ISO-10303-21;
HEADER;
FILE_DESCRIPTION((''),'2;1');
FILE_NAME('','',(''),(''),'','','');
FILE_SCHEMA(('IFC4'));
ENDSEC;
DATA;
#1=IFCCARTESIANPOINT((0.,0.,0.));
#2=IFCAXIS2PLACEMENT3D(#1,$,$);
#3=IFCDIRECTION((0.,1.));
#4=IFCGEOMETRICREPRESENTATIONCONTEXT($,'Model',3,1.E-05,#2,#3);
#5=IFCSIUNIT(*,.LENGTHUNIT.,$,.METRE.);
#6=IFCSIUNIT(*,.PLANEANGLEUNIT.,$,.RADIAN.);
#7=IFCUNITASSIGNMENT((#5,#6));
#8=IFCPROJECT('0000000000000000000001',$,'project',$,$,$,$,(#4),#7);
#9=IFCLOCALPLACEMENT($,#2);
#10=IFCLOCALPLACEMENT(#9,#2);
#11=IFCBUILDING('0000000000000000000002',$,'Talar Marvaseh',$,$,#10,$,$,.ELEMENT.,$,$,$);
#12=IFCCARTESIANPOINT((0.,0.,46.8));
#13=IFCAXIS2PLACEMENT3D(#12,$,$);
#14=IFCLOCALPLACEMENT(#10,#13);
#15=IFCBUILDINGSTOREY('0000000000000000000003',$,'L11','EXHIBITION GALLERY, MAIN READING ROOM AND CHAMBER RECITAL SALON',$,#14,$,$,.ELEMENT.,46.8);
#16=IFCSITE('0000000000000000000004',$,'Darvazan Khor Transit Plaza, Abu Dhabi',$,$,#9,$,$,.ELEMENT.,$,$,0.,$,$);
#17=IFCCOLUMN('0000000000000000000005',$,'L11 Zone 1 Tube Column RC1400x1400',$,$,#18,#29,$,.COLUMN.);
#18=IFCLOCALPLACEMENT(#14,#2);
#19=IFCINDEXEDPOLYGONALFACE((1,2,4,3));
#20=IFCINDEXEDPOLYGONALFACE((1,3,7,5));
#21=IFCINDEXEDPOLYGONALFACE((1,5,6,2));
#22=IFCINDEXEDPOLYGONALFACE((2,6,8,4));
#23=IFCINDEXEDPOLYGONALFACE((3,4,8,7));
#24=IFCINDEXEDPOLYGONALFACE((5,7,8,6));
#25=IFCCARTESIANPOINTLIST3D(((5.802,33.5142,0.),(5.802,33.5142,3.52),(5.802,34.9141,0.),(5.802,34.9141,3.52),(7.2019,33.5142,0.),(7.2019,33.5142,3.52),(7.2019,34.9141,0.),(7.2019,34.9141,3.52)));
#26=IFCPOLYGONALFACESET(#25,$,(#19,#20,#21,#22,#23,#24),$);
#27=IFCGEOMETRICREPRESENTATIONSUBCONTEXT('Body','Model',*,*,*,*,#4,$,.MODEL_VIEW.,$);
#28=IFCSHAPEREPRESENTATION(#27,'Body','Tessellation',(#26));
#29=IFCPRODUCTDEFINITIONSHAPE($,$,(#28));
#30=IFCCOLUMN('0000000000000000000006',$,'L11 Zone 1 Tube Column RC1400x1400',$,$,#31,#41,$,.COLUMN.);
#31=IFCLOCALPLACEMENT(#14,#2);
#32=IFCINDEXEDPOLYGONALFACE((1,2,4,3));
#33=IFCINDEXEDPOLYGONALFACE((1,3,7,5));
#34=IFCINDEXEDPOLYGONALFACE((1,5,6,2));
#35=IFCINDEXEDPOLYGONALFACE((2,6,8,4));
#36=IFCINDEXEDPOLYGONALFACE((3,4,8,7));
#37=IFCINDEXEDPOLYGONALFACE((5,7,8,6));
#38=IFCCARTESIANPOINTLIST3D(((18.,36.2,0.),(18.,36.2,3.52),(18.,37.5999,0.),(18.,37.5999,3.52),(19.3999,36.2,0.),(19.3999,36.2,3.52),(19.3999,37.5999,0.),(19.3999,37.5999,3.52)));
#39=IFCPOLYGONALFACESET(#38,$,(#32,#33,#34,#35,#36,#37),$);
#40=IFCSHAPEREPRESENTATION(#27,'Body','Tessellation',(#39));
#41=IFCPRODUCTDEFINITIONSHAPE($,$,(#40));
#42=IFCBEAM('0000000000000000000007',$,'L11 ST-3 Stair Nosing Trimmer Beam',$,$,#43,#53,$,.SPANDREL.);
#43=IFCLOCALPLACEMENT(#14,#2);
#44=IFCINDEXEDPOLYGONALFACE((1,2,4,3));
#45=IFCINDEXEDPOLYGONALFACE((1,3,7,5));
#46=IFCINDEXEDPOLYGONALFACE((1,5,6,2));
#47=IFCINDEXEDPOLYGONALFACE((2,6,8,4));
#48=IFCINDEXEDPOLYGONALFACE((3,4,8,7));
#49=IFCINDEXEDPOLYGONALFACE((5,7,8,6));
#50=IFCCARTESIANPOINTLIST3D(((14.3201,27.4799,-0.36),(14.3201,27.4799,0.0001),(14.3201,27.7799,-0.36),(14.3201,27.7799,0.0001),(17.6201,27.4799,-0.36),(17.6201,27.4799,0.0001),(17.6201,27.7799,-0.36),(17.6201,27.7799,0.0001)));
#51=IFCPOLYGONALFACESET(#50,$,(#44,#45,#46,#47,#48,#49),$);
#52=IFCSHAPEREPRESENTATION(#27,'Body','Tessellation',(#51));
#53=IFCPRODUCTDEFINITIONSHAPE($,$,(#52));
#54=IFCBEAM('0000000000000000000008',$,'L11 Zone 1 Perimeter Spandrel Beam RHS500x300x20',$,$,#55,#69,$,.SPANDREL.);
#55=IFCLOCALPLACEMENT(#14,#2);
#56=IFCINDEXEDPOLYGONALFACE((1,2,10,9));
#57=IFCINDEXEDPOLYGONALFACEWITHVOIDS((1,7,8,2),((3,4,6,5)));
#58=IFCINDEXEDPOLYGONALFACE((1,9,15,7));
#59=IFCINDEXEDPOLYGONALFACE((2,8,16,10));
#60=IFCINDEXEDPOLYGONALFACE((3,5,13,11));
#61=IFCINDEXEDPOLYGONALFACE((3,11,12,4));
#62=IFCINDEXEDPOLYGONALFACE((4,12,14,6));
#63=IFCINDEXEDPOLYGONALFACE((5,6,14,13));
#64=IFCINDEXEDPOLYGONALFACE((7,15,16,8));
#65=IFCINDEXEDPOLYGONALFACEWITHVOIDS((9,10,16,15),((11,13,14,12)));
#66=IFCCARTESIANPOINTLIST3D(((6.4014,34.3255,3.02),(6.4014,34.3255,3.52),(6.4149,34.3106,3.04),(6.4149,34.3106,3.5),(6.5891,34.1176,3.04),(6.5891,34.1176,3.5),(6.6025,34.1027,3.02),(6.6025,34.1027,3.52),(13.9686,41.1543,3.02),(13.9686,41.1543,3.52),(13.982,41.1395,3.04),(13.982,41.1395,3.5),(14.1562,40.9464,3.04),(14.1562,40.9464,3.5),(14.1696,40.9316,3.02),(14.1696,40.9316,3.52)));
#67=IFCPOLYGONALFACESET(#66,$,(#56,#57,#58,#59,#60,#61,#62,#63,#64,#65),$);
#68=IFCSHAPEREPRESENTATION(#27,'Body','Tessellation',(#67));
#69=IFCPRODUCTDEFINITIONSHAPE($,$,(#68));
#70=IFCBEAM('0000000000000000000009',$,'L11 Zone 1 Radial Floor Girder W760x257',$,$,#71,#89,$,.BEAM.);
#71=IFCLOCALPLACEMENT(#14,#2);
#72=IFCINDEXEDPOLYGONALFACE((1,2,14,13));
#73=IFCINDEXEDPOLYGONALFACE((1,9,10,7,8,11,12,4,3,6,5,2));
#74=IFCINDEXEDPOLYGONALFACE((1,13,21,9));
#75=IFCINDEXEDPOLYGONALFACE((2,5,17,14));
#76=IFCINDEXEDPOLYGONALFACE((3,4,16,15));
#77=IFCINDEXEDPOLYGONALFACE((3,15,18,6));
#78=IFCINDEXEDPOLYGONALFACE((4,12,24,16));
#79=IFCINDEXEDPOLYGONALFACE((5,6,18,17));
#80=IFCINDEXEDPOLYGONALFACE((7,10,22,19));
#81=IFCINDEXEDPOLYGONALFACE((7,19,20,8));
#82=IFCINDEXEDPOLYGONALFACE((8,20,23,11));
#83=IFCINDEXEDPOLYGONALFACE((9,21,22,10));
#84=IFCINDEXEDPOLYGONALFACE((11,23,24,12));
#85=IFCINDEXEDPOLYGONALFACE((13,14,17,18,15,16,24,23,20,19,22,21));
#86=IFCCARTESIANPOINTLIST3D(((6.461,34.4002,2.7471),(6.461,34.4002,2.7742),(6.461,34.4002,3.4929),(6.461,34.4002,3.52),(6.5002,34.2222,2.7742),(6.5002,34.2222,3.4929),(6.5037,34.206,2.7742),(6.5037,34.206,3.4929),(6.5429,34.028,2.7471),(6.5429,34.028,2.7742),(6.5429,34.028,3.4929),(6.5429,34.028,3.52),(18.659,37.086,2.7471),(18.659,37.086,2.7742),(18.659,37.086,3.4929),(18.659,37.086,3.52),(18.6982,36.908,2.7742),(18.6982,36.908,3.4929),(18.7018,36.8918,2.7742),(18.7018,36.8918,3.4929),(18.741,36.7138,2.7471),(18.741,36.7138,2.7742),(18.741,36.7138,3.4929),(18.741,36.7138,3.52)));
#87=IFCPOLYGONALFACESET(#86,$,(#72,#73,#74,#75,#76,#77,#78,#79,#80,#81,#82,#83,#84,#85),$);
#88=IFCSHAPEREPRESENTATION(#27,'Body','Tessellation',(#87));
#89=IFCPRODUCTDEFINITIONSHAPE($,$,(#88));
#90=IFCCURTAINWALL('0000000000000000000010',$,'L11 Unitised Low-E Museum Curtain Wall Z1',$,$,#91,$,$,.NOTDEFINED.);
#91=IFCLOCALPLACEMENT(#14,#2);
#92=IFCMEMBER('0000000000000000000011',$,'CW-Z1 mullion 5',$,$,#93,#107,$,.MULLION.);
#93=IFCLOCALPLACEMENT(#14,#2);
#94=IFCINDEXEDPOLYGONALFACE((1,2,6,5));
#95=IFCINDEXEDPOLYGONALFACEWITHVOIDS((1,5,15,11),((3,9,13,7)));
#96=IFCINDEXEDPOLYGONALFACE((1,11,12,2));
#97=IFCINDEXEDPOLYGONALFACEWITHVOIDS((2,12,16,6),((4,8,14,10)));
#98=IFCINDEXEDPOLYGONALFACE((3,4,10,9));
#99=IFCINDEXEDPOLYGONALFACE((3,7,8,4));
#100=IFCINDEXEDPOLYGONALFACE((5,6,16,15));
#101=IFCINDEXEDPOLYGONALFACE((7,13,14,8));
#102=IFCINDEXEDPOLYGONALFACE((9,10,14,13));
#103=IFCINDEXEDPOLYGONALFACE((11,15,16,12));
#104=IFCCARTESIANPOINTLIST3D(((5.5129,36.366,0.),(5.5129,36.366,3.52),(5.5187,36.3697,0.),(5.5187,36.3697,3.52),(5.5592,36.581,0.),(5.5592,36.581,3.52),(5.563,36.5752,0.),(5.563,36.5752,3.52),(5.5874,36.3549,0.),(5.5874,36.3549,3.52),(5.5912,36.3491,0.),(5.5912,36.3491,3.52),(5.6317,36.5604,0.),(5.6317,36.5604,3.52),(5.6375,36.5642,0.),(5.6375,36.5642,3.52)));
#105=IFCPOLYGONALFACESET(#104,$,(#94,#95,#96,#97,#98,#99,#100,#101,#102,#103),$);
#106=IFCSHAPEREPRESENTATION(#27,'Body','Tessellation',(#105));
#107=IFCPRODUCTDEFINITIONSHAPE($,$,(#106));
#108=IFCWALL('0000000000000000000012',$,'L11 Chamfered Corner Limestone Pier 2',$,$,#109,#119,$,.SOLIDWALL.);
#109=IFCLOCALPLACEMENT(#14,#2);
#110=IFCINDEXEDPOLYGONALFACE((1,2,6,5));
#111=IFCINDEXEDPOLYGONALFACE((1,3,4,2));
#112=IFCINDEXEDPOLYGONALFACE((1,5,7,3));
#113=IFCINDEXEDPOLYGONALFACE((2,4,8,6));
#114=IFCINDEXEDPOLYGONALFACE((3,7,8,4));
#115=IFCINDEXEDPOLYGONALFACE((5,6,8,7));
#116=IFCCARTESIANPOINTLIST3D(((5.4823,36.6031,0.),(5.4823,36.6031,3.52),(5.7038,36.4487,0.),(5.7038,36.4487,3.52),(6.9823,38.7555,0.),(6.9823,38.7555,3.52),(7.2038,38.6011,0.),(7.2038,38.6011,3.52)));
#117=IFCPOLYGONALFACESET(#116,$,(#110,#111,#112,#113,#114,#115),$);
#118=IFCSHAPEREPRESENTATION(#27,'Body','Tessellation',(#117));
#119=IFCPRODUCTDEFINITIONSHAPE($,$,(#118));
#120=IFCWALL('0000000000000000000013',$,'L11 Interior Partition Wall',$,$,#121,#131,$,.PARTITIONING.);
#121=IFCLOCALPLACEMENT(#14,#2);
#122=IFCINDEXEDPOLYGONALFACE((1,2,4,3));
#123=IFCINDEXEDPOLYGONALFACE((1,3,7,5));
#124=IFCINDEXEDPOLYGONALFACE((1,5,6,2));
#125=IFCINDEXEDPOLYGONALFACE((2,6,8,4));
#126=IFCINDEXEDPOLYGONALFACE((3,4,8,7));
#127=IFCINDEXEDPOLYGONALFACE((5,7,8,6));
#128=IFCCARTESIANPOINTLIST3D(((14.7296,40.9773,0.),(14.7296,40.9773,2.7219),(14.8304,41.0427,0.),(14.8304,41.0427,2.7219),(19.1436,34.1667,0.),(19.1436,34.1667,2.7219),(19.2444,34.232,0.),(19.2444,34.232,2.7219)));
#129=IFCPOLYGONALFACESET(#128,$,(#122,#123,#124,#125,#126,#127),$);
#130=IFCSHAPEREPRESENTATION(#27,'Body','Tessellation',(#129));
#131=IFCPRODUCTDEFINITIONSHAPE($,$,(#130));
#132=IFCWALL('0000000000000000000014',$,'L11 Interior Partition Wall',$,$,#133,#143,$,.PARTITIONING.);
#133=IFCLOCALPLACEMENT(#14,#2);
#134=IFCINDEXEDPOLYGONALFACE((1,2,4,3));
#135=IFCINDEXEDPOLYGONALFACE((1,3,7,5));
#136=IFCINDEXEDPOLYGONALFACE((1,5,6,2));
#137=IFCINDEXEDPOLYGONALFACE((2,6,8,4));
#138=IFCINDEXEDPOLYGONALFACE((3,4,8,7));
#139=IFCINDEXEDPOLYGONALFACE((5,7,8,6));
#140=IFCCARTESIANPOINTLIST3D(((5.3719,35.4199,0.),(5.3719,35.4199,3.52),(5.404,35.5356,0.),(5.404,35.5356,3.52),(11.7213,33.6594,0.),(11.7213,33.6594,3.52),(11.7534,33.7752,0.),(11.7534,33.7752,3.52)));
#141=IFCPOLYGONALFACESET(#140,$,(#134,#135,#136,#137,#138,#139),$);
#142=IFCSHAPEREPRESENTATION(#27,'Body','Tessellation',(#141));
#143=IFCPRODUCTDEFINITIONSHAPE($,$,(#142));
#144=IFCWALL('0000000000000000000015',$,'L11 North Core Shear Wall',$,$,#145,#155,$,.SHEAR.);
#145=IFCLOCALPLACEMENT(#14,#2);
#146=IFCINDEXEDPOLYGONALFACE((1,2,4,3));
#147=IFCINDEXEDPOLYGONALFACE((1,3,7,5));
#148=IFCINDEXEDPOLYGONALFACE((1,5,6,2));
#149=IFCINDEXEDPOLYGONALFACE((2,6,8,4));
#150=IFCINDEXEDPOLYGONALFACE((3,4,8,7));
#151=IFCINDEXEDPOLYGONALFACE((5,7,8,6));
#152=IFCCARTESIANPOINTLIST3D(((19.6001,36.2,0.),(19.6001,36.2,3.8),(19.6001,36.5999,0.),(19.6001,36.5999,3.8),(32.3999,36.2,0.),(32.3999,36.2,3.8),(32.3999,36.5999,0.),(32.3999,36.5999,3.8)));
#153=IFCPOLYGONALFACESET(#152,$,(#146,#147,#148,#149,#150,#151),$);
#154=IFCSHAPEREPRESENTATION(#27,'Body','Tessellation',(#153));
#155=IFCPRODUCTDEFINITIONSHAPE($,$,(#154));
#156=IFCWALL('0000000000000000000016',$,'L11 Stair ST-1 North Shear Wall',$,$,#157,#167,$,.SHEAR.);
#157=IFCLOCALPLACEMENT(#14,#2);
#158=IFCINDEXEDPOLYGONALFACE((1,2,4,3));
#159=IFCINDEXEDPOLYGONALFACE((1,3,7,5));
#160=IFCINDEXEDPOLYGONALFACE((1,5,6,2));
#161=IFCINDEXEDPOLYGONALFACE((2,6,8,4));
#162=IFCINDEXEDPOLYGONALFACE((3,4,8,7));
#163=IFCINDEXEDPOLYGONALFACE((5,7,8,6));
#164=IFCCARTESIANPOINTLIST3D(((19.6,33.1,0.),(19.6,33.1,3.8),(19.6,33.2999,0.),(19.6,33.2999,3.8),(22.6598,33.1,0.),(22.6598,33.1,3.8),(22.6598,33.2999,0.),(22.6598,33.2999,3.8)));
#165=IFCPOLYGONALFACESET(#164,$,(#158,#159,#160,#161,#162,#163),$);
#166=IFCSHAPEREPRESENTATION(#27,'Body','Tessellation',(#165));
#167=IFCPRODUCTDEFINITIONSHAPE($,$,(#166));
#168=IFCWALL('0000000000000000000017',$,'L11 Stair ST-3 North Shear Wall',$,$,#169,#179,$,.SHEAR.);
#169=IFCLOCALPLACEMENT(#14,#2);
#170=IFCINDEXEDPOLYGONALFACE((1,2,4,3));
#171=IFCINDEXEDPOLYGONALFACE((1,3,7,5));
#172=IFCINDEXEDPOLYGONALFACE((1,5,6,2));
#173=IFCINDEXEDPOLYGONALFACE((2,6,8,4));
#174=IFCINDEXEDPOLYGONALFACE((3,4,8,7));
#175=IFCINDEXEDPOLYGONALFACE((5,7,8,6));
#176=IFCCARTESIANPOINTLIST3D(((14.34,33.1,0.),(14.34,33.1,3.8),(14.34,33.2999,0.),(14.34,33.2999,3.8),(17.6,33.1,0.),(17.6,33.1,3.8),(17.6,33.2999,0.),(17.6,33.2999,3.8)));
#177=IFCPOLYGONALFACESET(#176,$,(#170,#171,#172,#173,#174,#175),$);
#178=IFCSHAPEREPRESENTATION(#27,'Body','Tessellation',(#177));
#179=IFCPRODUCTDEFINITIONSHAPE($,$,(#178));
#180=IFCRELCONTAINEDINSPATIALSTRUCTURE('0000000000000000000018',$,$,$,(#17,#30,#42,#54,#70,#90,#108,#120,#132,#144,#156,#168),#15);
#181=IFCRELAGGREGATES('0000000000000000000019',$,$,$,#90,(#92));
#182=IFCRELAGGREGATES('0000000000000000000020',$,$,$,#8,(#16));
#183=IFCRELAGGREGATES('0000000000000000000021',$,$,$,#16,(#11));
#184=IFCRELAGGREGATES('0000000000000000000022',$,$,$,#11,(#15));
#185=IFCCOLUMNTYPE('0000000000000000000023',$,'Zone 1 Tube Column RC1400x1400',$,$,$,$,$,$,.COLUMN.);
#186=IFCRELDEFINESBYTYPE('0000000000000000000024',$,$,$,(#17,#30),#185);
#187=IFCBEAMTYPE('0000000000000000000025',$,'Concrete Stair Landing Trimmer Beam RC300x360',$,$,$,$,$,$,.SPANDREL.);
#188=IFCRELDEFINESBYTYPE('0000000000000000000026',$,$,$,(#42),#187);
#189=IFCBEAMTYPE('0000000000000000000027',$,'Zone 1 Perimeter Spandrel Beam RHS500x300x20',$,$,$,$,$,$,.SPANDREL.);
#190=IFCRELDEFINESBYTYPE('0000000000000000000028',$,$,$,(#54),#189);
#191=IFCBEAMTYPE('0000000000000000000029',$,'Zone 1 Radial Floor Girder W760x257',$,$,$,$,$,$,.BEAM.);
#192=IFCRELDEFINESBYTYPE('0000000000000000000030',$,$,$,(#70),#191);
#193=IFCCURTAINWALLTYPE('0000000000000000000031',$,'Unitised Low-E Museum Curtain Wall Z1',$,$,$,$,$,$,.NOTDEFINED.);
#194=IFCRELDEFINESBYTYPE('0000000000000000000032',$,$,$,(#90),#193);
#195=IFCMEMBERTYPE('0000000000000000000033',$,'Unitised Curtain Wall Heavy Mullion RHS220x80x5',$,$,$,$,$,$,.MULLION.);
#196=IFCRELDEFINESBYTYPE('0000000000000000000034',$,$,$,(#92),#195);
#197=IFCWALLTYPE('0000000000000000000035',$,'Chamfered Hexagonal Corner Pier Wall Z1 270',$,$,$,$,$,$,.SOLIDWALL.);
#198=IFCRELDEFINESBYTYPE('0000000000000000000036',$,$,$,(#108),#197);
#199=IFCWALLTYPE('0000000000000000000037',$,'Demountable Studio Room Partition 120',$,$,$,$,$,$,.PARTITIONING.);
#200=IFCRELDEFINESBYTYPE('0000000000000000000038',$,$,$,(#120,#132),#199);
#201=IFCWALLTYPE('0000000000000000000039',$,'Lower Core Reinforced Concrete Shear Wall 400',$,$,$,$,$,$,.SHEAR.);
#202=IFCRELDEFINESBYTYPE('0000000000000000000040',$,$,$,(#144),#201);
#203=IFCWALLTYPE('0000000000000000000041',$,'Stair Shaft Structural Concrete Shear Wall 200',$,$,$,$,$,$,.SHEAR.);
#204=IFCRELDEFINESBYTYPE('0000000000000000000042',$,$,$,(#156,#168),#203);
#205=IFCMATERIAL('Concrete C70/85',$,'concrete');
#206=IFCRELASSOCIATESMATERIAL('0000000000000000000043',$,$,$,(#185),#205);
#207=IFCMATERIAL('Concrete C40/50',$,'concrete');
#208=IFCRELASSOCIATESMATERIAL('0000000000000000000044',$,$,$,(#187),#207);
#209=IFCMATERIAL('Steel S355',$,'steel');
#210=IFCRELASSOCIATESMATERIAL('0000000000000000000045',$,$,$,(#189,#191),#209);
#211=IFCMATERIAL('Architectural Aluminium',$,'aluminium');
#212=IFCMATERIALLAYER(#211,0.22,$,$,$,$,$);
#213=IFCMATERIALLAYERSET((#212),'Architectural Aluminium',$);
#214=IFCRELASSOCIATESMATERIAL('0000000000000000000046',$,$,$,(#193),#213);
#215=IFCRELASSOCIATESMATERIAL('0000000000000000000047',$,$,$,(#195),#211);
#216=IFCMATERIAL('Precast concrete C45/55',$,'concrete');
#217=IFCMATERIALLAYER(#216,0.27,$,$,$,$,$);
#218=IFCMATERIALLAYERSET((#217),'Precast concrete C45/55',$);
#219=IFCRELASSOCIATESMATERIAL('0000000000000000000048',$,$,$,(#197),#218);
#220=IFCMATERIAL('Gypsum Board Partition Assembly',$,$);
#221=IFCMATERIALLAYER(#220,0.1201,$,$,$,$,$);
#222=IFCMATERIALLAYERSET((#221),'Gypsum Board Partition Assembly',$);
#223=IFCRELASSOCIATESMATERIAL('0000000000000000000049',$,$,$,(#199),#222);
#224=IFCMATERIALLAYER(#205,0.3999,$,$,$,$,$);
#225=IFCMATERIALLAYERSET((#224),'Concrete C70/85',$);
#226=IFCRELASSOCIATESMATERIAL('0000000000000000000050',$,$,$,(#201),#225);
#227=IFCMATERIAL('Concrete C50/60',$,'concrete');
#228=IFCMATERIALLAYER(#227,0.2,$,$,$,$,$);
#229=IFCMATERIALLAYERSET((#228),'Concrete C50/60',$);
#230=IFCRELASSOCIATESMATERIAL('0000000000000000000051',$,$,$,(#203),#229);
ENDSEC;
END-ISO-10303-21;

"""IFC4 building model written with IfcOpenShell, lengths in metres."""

from ifc_helpers import new_model, si_unit, direction, frame, frame_2d, origin, origin_2d, place, context, subcontext, project, spatial, rectangle, hollow_rectangle, i_section, extrude, source, transform, mapped, material, layer, layer_set, material_profile, profile_set, type_object, type_shapes, element, aggregate, save


model = new_model("IFC4")

# Units and contexts
model_context = context("Model", 3, precision=1e-05, world=origin(), true_north=direction((0.0, 1.0)))
body_context = subcontext(model_context, "Body", "Model", "MODEL_VIEW")
ifc_project = project(units=[si_unit("LENGTHUNIT", "METRE"), si_unit("PLANEANGLEUNIT", "RADIAN")], contexts=[model_context])

# Site, building, storey
site_placement = place(None, origin())
site = spatial("IfcSite", under=ifc_project, at=site_placement, Name="Darvazan Khor Transit Plaza, Abu Dhabi", CompositionType="ELEMENT", RefElevation=0.0)
building_placement = place(site_placement, origin())
building = spatial("IfcBuilding", under=site, at=building_placement, Name="Talar Marvaseh", CompositionType="ELEMENT")
storey_placement = place(building_placement, frame((0.0, 0.0, 46.8)))
storey = spatial("IfcBuildingStorey", under=building, at=storey_placement, Name="L11", Description="EXHIBITION GALLERY, MAIN READING ROOM AND CHAMBER RECITAL SALON", CompositionType="ELEMENT", Elevation=46.8)

# Columns
ifc_material_1 = material(Name="Concrete C70/85", Category="concrete")
ifc_material_profile_1 = material_profile(ifc_material_1, rectangle(XDim=1.3999, YDim=1.3999, at=origin_2d()), Name="RC1400x1400")
ifc_profile_set_1 = profile_set([ifc_material_profile_1], Name="Concrete C70/85")
column_type = type_object("IfcColumnType", Name="Zone 1 Tube Column RC1400x1400", PredefinedType="COLUMN", material=ifc_profile_set_1)
for number, where, z_axis, x_axis, name in (
    (1, (6.502, 34.2141, 0.0), (0.0, 0.0, 1.0), (1.0, 0.0, 0.0), "L11 Zone 1 Tube Column RC1400x1400"),
    (2, (18.7, 36.8999, 0.0), (0.0, 0.0, 1.0), (1.0, 0.0, 0.0), "L11 Zone 1 Tube Column RC1400x1400"),
):
    element("IfcColumn", number, at=place(storey_placement, frame(where, z_axis=z_axis, x_axis=x_axis)), inside=storey, type_object=column_type, Name=name, PredefinedType="COLUMN", context=body_context, shape_type="SweptSolid", body=[
        extrude(rectangle(XDim=1.3999, YDim=1.3999, at=origin_2d()), origin(), (0.0, 0.0, 1.0), 3.52),
    ])

# Beams
ifc_material_2 = material(Name="Concrete C40/50", Category="concrete")
ifc_material_profile_2 = material_profile(ifc_material_2, rectangle(XDim=0.3, YDim=0.3601, at=origin_2d()), Name="RC300x360")
ifc_profile_set_2 = profile_set([ifc_material_profile_2], Name="Concrete C40/50")
beam_type_1 = type_object("IfcBeamType", Name="Concrete Stair Landing Trimmer Beam RC300x360", PredefinedType="SPANDREL", material=ifc_profile_set_2)
beam_1_placement = place(storey_placement, frame((17.6201, 27.6299, -0.1799), z_axis=(-1.0, 0.0, 0.0), x_axis=(0.0, -1.0, 0.0)))
element("IfcBeam", 3, at=beam_1_placement, inside=storey, type_object=beam_type_1, Name="L11 ST-3 Stair Nosing Trimmer Beam", PredefinedType="SPANDREL", context=body_context, shape_type="SweptSolid", body=[
    extrude(rectangle(XDim=0.3, YDim=0.3601, at=origin_2d()), origin(), (0.0, 0.0, 1.0), 3.3),
])
ifc_material_3 = material(Name="Steel S355", Category="steel")
ifc_material_profile_3 = material_profile(ifc_material_3, hollow_rectangle(XDim=0.3, YDim=0.5, WallThickness=0.02, at=origin_2d()), Name="RHS500x300x20")
ifc_profile_set_3 = profile_set([ifc_material_profile_3], Name="Steel S355")
beam_type_2 = type_object("IfcBeamType", Name="Zone 1 Perimeter Spandrel Beam RHS500x300x20", PredefinedType="SPANDREL", material=ifc_profile_set_3)
beam_2_placement = place(storey_placement, frame((6.502, 34.2141, 3.27), z_axis=(0.742394, 0.669963, 0.0), x_axis=(-0.669963, 0.742394, 0.0)))
element("IfcBeam", 4, at=beam_2_placement, inside=storey, type_object=beam_type_2, Name="L11 Zone 1 Perimeter Spandrel Beam RHS500x300x20", PredefinedType="SPANDREL", context=body_context, shape_type="SweptSolid", body=[
    extrude(hollow_rectangle(XDim=0.3, YDim=0.5, WallThickness=0.02, at=origin_2d()), origin(), (0.0, 0.0, 1.0), 10.1929),
])
ifc_material_profile_4 = material_profile(ifc_material_3, i_section(OverallWidth=0.3811, OverallDepth=0.7729, WebThickness=0.0166, FlangeThickness=0.0271, at=origin_2d()), Name="W760x257")
ifc_profile_set_4 = profile_set([ifc_material_profile_4], Name="Steel S355")
beam_type_3 = type_object("IfcBeamType", Name="Zone 1 Radial Floor Girder W760x257", PredefinedType="BEAM", material=ifc_profile_set_4)
beam_3_placement = place(storey_placement, frame((6.502, 34.2141, 3.1335), z_axis=(0.976607, 0.215032, 0.0), x_axis=(-0.215032, 0.976607, 0.0)))
element("IfcBeam", 5, at=beam_3_placement, inside=storey, type_object=beam_type_3, Name="L11 Zone 1 Radial Floor Girder W760x257", PredefinedType="BEAM", context=body_context, shape_type="SweptSolid", body=[
    extrude(i_section(OverallWidth=0.3811, OverallDepth=0.7729, WebThickness=0.0166, FlangeThickness=0.0271, at=origin_2d()), origin(), (0.0, 0.0, 1.0), 12.4902),
])

# Curtain wall, member
ifc_material_4 = material(Name="Architectural Aluminium", Category="aluminium")
ifc_layer_1 = layer(ifc_material_4, 0.22)
ifc_layer_set_1 = layer_set([ifc_layer_1], Name="Architectural Aluminium")
curtain_wall_type = type_object("IfcCurtainWallType", Name="Unitised Low-E Museum Curtain Wall Z1", PredefinedType="NOTDEFINED", material=ifc_layer_set_1)
curtain_wall_placement = place(storey_placement, origin())
curtain_wall = element("IfcCurtainWall", 6, at=curtain_wall_placement, inside=storey, type_object=curtain_wall_type, Name="L11 Unitised Low-E Museum Curtain Wall Z1", PredefinedType="NOTDEFINED")
ifc_material_profile_5 = material_profile(ifc_material_4, hollow_rectangle(XDim=0.0801, YDim=0.22, WallThickness=0.0049, at=origin_2d()), Name="RHS220x80x5")
ifc_profile_set_5 = profile_set([ifc_material_profile_5], Name="Architectural Aluminium")
member_type = type_object("IfcMemberType", Name="Unitised Curtain Wall Heavy Mullion RHS220x80x5", PredefinedType="MULLION", material=ifc_profile_set_5)
shared_shape_1 = source(origin(), body_context, "Body", "SweptSolid", [
    extrude(hollow_rectangle(XDim=0.0801, YDim=0.22, WallThickness=0.0049, at=origin_2d()), origin(), (0.0, 0.0, 1.0), 3.52),
])
type_shapes(member_type, [shared_shape_1])
member_placement = place(storey_placement, frame((5.5752, 36.4651, 0.0), z_axis=(0.0, 0.0, 1.0), x_axis=(-0.977586, 0.210537, 0.0)))
member = element("IfcMember", 7, at=member_placement, type_object=member_type, Name="CW-Z1 mullion 5", PredefinedType="MULLION", context=body_context, shape_type="MappedRepresentation", body=[
    mapped(shared_shape_1, transform((0.0, 0.0, 0.0), x_axis=(1.0, 0.0, 0.0), y_axis=(0.0, 1.0, 0.0), z_axis=(0.0, 0.0, 1.0), scale=1.0)),
])
aggregate(curtain_wall, [member])

# Walls
ifc_material_5 = material(Name="Precast concrete C45/55", Category="concrete")
ifc_layer_2 = layer(ifc_material_5, 0.27)
ifc_layer_set_2 = layer_set([ifc_layer_2], Name="Precast concrete C45/55")
wall_type_1 = type_object("IfcWallType", Name="Chamfered Hexagonal Corner Pier Wall Z1 270", PredefinedType="SOLIDWALL", material=ifc_layer_set_2)
wall_1_placement = place(storey_placement, frame((5.593, 36.5259, 0.0), z_axis=(0.0, 0.0, 1.0), x_axis=(0.571762, 0.820419, 0.0)))
element("IfcWall", 8, at=wall_1_placement, inside=storey, type_object=wall_type_1, Name="L11 Chamfered Corner Limestone Pier 2", PredefinedType="SOLIDWALL", context=body_context, shape_type="SweptSolid", body=[
    extrude(rectangle(XDim=2.6235, YDim=0.27, at=frame_2d((1.3118, 0.0))), origin(), (0.0, 0.0, 1.0), 3.52),
])
ifc_material_6 = material(Name="Gypsum Board Partition Assembly")
ifc_layer_3 = layer(ifc_material_6, 0.1201)
ifc_layer_set_3 = layer_set([ifc_layer_3], Name="Gypsum Board Partition Assembly")
wall_type_2 = type_object("IfcWallType", Name="Demountable Studio Room Partition 120", PredefinedType="PARTITIONING", material=ifc_layer_set_3)
wall_2_placement = place(storey_placement, frame((19.1941, 34.1992, 0.0), z_axis=(0.0, 0.0, 1.0), x_axis=(-0.543866, 0.839172, 0.0)))
element("IfcWall", 9, at=wall_2_placement, inside=storey, type_object=wall_type_2, Name="L11 Interior Partition Wall", PredefinedType="PARTITIONING", context=body_context, shape_type="SweptSolid", body=[
    extrude(rectangle(XDim=8.116, YDim=0.1201, at=frame_2d((4.0581, 0.0))), origin(), (0.0, 0.0, 1.0), 2.7219),
])
wall_3_placement = place(storey_placement, frame((11.7373, 33.7173, 0.0), z_axis=(0.0, 0.0, 1.0), x_axis=(-0.963644, 0.267191, 0.0)))
element("IfcWall", 10, at=wall_3_placement, inside=storey, type_object=wall_type_2, Name="L11 Interior Partition Wall", PredefinedType="PARTITIONING", context=body_context, shape_type="SweptSolid", body=[
    extrude(rectangle(XDim=6.5889, YDim=0.1201, at=frame_2d((3.2944, 0.0))), origin(), (0.0, 0.0, 1.0), 3.52),
])
ifc_layer_4 = layer(ifc_material_1, 0.3999)
ifc_layer_set_4 = layer_set([ifc_layer_4], Name="Concrete C70/85")
wall_type_3 = type_object("IfcWallType", Name="Lower Core Reinforced Concrete Shear Wall 400", PredefinedType="SHEAR", material=ifc_layer_set_4)
wall_4_placement = place(storey_placement, frame((19.6001, 36.3999, 0.0), z_axis=(0.0, 0.0, 1.0), x_axis=(1.0, 0.0, 0.0)))
element("IfcWall", 11, at=wall_4_placement, inside=storey, type_object=wall_type_3, Name="L11 North Core Shear Wall", PredefinedType="SHEAR", context=body_context, shape_type="SweptSolid", body=[
    extrude(rectangle(XDim=12.7998, YDim=0.3999, at=frame_2d((6.3999, 0.0))), origin(), (0.0, 0.0, 1.0), 3.8),
])
ifc_material_7 = material(Name="Concrete C50/60", Category="concrete")
ifc_layer_5 = layer(ifc_material_7, 0.2)
ifc_layer_set_5 = layer_set([ifc_layer_5], Name="Concrete C50/60")
wall_type_4 = type_object("IfcWallType", Name="Stair Shaft Structural Concrete Shear Wall 200", PredefinedType="SHEAR", material=ifc_layer_set_5)
wall_5_placement = place(storey_placement, frame((19.6001, 33.2, 0.0), z_axis=(0.0, 0.0, 1.0), x_axis=(1.0, 0.0, 0.0)))
element("IfcWall", 12, at=wall_5_placement, inside=storey, type_object=wall_type_4, Name="L11 Stair ST-1 North Shear Wall", PredefinedType="SHEAR", context=body_context, shape_type="SweptSolid", body=[
    extrude(rectangle(XDim=3.0598, YDim=0.2, at=frame_2d((1.5298, 0.0))), origin(), (0.0, 0.0, 1.0), 3.8),
])

# Wall
wall_6_placement = place(storey_placement, frame((14.3401, 33.2, 0.0), z_axis=(0.0, 0.0, 1.0), x_axis=(1.0, 0.0, 0.0)))
element("IfcWall", 13, at=wall_6_placement, inside=storey, type_object=wall_type_4, Name="L11 Stair ST-3 North Shear Wall", PredefinedType="SHEAR", context=body_context, shape_type="SweptSolid", body=[
    extrude(rectangle(XDim=3.26, YDim=0.2, at=frame_2d((1.6299, 0.0))), origin(), (0.0, 0.0, 1.0), 3.8),
])

save(model, "model.ifc")
